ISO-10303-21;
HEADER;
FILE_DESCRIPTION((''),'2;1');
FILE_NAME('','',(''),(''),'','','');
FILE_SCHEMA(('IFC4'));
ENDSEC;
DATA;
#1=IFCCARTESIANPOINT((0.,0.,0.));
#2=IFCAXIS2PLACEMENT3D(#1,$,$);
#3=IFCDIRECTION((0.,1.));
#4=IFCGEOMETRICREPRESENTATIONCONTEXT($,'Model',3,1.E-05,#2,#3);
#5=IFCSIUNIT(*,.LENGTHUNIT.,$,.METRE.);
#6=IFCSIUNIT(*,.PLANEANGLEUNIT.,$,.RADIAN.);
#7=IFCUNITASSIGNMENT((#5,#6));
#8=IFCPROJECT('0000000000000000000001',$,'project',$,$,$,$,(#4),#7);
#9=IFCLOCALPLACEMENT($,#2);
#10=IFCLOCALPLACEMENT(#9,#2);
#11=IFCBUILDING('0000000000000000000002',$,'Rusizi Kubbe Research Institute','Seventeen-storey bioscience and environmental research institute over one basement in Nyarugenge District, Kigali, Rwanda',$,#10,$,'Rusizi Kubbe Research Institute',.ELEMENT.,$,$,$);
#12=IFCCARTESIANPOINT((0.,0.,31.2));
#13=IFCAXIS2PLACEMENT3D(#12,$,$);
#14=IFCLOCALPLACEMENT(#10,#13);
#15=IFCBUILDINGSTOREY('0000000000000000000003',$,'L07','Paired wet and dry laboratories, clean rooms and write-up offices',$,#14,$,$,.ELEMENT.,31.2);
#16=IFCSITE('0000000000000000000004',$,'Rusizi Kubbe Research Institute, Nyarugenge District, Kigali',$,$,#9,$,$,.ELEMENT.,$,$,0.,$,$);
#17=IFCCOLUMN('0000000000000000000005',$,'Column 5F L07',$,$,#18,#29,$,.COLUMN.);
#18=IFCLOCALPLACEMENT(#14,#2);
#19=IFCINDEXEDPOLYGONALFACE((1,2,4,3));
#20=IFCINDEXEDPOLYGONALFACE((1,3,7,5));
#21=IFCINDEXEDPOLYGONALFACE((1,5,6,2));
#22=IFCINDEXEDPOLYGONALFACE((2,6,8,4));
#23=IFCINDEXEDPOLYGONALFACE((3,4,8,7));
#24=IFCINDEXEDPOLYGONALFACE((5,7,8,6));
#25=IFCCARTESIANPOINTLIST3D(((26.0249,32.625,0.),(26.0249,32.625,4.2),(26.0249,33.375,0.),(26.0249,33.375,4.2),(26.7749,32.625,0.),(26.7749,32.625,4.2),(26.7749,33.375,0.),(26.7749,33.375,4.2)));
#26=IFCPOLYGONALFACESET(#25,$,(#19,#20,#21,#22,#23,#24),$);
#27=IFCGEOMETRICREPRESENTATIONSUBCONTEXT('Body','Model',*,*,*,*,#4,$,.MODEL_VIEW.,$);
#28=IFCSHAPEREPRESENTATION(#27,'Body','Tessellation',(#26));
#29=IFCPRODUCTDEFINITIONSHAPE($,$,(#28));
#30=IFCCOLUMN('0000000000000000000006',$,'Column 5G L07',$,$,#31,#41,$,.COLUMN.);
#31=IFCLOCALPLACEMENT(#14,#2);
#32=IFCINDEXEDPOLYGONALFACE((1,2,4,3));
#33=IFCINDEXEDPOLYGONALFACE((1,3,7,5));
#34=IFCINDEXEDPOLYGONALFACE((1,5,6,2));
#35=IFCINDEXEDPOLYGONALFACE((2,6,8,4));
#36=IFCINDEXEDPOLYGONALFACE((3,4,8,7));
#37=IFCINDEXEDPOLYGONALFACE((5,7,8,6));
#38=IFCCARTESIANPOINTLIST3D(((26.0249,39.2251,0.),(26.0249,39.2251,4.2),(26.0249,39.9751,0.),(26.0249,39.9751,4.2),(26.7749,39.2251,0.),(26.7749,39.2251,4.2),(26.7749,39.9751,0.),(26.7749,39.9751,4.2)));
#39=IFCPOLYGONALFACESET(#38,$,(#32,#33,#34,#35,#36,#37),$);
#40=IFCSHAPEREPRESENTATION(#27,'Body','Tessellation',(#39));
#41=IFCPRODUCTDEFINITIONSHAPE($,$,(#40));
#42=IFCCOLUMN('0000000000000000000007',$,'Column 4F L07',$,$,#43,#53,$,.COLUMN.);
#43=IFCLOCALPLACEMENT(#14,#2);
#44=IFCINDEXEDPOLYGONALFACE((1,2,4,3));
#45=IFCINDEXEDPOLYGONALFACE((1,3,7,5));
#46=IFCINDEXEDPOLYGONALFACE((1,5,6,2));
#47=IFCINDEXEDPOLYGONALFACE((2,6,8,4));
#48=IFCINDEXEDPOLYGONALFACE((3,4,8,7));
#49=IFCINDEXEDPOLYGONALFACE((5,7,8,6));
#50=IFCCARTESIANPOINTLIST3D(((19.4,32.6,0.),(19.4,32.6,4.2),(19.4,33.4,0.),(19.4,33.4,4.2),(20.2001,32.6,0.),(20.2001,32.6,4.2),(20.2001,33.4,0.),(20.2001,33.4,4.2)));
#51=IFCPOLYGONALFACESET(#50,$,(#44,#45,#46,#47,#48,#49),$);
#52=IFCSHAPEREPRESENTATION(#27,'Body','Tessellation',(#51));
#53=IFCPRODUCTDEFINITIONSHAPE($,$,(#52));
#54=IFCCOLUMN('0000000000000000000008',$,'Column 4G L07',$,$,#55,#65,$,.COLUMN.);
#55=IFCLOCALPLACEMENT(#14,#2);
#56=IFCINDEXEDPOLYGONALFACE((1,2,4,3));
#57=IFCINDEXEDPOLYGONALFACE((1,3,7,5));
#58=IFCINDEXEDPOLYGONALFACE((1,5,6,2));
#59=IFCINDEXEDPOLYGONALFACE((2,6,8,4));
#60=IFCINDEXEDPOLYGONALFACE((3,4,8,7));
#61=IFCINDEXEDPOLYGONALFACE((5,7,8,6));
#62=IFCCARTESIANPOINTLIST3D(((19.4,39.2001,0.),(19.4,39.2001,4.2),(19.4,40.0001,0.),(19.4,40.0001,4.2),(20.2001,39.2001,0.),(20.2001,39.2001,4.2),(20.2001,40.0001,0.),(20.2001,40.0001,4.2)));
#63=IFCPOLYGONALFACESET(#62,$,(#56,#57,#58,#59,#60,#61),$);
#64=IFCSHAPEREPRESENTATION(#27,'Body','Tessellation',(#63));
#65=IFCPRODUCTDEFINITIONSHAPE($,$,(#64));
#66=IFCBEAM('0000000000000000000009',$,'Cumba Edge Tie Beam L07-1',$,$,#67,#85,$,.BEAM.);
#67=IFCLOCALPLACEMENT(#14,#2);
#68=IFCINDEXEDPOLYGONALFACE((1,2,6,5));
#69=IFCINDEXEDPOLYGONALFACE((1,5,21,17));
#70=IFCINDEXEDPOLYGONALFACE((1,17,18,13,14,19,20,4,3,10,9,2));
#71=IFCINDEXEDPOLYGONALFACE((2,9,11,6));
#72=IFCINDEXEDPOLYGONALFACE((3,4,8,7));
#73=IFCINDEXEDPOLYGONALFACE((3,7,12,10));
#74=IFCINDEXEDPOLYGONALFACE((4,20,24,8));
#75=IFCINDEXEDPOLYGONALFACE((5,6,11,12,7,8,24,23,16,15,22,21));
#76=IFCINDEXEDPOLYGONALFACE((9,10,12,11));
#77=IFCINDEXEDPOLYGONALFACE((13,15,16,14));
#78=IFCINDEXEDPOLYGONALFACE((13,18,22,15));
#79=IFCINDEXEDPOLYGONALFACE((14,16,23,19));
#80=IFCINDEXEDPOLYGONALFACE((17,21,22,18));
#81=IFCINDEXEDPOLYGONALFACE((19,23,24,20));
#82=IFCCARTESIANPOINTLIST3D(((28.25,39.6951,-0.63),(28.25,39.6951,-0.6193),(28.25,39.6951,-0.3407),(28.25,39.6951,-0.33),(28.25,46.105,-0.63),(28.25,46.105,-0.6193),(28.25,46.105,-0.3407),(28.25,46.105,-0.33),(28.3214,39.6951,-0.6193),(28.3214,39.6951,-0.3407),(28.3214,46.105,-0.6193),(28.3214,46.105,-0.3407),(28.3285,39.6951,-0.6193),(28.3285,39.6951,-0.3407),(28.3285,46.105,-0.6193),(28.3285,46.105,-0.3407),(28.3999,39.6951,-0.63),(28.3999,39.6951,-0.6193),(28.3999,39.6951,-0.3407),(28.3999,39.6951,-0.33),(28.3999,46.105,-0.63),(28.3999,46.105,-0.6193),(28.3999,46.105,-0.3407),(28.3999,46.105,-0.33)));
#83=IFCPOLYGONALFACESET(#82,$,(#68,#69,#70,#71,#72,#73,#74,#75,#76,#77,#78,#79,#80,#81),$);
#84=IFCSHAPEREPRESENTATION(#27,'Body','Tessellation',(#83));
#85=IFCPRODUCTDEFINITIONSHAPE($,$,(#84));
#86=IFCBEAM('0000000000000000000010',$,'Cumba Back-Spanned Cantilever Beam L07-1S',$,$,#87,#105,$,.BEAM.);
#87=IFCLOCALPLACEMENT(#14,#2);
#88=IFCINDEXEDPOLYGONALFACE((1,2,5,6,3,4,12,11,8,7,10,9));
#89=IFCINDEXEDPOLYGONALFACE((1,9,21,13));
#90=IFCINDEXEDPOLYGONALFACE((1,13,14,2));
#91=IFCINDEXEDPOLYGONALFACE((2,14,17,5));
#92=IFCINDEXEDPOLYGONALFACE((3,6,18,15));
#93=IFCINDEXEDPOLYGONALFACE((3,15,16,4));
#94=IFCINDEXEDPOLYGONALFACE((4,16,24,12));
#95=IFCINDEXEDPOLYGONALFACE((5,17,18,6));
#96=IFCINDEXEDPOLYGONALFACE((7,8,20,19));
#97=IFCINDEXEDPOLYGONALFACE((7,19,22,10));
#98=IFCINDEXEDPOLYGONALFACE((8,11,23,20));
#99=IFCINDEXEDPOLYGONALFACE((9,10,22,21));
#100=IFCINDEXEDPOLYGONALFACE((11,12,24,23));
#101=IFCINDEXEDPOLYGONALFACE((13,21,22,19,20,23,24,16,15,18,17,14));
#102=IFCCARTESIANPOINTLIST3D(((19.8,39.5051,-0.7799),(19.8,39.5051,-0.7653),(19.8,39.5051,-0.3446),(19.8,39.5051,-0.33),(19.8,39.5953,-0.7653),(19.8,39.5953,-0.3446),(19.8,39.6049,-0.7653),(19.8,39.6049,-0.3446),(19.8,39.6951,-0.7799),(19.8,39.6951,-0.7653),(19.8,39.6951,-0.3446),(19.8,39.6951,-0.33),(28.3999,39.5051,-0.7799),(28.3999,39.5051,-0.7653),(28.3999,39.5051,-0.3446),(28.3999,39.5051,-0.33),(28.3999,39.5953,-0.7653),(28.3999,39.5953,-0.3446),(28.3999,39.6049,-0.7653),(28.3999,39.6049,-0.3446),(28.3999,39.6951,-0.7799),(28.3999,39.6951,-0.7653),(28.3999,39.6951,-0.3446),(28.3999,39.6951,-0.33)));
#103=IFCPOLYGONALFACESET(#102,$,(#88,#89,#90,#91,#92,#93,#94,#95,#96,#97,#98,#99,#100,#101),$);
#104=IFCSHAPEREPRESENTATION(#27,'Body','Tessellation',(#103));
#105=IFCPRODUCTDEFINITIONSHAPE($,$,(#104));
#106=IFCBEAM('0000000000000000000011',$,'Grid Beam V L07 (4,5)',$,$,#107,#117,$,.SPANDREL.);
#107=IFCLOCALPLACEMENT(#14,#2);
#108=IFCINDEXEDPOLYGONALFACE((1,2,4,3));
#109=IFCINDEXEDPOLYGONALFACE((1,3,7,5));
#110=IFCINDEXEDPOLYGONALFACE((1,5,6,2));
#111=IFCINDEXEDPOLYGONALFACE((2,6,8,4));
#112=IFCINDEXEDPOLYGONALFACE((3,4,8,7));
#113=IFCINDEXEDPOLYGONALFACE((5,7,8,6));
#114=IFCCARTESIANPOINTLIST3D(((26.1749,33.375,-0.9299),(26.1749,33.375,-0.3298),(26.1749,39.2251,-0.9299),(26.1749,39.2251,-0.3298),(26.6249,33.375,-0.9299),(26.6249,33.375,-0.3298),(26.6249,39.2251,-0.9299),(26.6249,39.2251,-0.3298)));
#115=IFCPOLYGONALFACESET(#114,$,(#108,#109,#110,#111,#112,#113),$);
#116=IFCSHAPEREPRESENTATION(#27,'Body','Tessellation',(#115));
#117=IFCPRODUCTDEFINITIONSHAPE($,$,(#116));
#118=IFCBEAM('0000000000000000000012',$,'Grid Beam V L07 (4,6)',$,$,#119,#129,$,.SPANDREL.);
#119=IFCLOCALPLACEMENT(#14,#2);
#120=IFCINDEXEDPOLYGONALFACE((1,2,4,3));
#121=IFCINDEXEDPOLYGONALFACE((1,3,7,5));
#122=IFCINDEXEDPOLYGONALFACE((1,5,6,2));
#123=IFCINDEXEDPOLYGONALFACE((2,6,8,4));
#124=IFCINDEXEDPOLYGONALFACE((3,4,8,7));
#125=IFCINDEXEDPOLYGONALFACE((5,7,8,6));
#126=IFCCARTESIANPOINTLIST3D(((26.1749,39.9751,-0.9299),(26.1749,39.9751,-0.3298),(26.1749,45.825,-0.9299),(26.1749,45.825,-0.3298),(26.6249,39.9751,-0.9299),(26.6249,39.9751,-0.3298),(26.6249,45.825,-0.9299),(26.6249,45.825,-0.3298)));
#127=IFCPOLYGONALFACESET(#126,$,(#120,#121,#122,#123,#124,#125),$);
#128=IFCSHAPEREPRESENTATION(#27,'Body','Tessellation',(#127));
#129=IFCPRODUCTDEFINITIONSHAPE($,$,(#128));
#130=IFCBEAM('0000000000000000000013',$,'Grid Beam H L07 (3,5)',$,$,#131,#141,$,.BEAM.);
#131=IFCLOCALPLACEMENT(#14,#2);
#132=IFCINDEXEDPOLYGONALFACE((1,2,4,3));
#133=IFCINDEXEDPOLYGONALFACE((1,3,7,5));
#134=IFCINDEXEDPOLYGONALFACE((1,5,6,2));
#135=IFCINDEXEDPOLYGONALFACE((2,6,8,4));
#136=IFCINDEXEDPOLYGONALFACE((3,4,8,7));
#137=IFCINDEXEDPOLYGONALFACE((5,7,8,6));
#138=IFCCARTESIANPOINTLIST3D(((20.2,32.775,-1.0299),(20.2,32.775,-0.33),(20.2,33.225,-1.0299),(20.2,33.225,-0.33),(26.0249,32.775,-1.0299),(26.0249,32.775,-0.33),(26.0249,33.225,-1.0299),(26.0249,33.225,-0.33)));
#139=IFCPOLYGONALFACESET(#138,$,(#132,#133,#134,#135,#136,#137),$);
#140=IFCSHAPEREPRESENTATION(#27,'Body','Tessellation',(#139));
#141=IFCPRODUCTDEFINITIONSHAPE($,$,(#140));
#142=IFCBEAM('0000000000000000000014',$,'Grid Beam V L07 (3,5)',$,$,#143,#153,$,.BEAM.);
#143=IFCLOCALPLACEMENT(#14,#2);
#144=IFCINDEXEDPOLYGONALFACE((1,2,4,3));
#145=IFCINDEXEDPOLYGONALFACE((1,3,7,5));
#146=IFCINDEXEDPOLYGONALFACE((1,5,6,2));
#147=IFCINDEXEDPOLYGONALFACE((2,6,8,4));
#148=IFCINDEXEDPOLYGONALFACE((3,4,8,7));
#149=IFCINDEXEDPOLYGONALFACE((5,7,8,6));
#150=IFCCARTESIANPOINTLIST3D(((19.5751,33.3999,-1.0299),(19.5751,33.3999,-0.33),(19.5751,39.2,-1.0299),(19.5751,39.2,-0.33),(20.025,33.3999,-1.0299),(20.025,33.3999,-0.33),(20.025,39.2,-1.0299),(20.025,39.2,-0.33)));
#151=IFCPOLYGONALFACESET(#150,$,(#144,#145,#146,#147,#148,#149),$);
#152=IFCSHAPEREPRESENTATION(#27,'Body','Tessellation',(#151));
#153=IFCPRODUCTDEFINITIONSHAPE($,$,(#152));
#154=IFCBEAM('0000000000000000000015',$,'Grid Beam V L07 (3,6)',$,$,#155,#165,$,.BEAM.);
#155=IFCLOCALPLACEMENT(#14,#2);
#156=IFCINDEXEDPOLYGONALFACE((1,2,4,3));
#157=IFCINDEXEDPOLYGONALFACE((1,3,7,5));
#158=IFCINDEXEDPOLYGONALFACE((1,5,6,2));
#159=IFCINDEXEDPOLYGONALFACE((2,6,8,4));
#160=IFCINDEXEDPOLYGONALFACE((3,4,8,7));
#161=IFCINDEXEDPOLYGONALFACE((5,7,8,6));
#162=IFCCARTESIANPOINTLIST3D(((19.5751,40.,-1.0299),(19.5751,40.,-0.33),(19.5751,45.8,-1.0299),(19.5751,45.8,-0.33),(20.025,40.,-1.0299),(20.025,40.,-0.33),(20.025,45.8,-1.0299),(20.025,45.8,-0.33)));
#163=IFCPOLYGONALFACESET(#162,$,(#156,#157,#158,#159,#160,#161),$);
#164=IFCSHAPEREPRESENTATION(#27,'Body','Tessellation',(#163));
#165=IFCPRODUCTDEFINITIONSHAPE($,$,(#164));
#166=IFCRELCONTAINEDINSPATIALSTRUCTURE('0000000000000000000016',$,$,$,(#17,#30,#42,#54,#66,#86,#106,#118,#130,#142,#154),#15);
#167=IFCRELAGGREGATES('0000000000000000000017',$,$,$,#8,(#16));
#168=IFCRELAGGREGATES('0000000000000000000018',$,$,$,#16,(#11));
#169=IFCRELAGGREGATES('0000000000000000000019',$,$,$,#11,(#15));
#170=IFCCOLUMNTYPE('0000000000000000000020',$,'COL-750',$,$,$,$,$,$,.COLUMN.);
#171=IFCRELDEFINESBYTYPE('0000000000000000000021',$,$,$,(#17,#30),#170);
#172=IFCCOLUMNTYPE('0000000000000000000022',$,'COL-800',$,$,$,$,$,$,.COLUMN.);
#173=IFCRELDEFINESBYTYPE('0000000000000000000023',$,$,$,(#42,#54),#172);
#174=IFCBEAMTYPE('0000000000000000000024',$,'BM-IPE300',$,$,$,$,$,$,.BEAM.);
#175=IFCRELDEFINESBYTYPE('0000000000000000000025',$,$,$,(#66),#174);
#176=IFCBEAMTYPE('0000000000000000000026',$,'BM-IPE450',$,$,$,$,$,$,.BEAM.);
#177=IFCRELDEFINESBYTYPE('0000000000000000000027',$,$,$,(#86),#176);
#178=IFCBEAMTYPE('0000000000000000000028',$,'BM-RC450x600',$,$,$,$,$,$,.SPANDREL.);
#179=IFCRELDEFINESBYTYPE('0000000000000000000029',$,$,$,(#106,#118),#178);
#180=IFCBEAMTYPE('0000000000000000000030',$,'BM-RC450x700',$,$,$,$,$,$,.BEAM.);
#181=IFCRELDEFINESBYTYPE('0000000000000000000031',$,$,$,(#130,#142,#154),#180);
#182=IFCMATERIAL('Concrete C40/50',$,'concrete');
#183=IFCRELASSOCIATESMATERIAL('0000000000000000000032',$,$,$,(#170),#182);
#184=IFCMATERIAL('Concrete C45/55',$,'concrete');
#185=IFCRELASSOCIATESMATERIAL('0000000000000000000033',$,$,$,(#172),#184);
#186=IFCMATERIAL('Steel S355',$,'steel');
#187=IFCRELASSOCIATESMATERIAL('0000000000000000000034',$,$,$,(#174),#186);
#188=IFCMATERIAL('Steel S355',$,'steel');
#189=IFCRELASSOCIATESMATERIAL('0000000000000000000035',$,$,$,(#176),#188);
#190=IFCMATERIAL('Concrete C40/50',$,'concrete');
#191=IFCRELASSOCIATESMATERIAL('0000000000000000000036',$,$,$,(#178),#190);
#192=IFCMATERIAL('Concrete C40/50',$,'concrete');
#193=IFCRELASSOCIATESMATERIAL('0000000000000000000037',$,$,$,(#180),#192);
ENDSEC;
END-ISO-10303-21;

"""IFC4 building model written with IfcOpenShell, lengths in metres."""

from ifc_helpers import new_model, si_unit, direction, frame, origin, origin_2d, place, context, subcontext, project, spatial, rectangle, i_section, extrude, material, material_profile, profile_set, type_object, element, save


model = new_model("IFC4")

# Units and contexts
model_context = context("Model", 3, precision=1e-05, world=origin(), true_north=direction((0.0, 1.0)))
body_context = subcontext(model_context, "Body", "Model", "MODEL_VIEW")
ifc_project = project(units=[si_unit("LENGTHUNIT", "METRE"), si_unit("PLANEANGLEUNIT", "RADIAN")], contexts=[model_context])

# Site, building, storey
site_placement = place(None, origin())
site = spatial("IfcSite", under=ifc_project, at=site_placement, Name="Rusizi Kubbe Research Institute, Nyarugenge District, Kigali", CompositionType="ELEMENT", RefElevation=0.0)
building_placement = place(site_placement, origin())
building = spatial("IfcBuilding", under=site, at=building_placement, Name="Rusizi Kubbe Research Institute", Description="Seventeen-storey bioscience and environmental research institute over one basement in Nyarugenge District, Kigali, Rwanda", LongName="Rusizi Kubbe Research Institute", CompositionType="ELEMENT")
storey_placement = place(building_placement, frame((0.0, 0.0, 31.2)))
storey = spatial("IfcBuildingStorey", under=building, at=storey_placement, Name="L07", Description="Paired wet and dry laboratories, clean rooms and write-up offices", CompositionType="ELEMENT", Elevation=31.2)

# Columns
ifc_material_1 = material(Name="Concrete C40/50", Category="concrete")
ifc_material_profile_1 = material_profile(ifc_material_1, rectangle(XDim=0.75, YDim=0.75, at=origin_2d()), Name="RC750x750")
ifc_profile_set_1 = profile_set([ifc_material_profile_1], Name="Concrete C40/50")
column_type_1 = type_object("IfcColumnType", Name="COL-750", PredefinedType="COLUMN", material=ifc_profile_set_1)
for number, where, z_axis, x_axis, name in (
    (1, (26.3999, 33.0, 0.0), (0.0, 0.0, 1.0), (1.0, 0.0, 0.0), "Column 5F L07"),
    (2, (26.3999, 39.6001, 0.0), (0.0, 0.0, 1.0), (1.0, 0.0, 0.0), "Column 5G L07"),
):
    element("IfcColumn", number, at=place(storey_placement, frame(where, z_axis=z_axis, x_axis=x_axis)), inside=storey, type_object=column_type_1, Name=name, PredefinedType="COLUMN", context=body_context, shape_type="SweptSolid", body=[
        extrude(rectangle(XDim=0.75, YDim=0.75, at=origin_2d()), origin(), (0.0, 0.0, 1.0), 4.2),
    ])
ifc_material_2 = material(Name="Concrete C45/55", Category="concrete")
ifc_material_profile_2 = material_profile(ifc_material_2, rectangle(XDim=0.8, YDim=0.8, at=origin_2d()), Name="RC800x800")
ifc_profile_set_2 = profile_set([ifc_material_profile_2], Name="Concrete C45/55")
column_type_2 = type_object("IfcColumnType", Name="COL-800", PredefinedType="COLUMN", material=ifc_profile_set_2)
for number, where, z_axis, x_axis, name in (
    (3, (19.8, 33.0, 0.0), (0.0, 0.0, 1.0), (1.0, 0.0, 0.0), "Column 4F L07"),
    (4, (19.8, 39.6001, 0.0), (0.0, 0.0, 1.0), (1.0, 0.0, 0.0), "Column 4G L07"),
):
    element("IfcColumn", number, at=place(storey_placement, frame(where, z_axis=z_axis, x_axis=x_axis)), inside=storey, type_object=column_type_2, Name=name, PredefinedType="COLUMN", context=body_context, shape_type="SweptSolid", body=[
        extrude(rectangle(XDim=0.8, YDim=0.8, at=origin_2d()), origin(), (0.0, 0.0, 1.0), 4.2),
    ])

# Beams
ifc_material_3 = material(Name="Steel S355", Category="steel")
ifc_material_profile_3 = material_profile(ifc_material_3, i_section(OverallWidth=0.1499, OverallDepth=0.3, WebThickness=0.0071, FlangeThickness=0.0107, at=origin_2d()), Name="IPE 300")
ifc_profile_set_3 = profile_set([ifc_material_profile_3], Name="Steel S355")
beam_type_1 = type_object("IfcBeamType", Name="BM-IPE300", PredefinedType="BEAM", material=ifc_profile_set_3)
beam_1_placement = place(storey_placement, frame((28.325, 39.6951, -0.48), z_axis=(0.0, 1.0, 0.0), x_axis=(-1.0, 0.0, 0.0)))
element("IfcBeam", 5, at=beam_1_placement, inside=storey, type_object=beam_type_1, Name="Cumba Edge Tie Beam L07-1", PredefinedType="BEAM", context=body_context, shape_type="SweptSolid", body=[
    extrude(i_section(OverallWidth=0.1499, OverallDepth=0.3, WebThickness=0.0071, FlangeThickness=0.0107, at=origin_2d()), origin(), (0.0, 0.0, 1.0), 6.4099),
])
ifc_material_4 = material(Name="Steel S355", Category="steel")
ifc_material_profile_4 = material_profile(ifc_material_4, i_section(OverallWidth=0.1899, OverallDepth=0.45, WebThickness=0.0095, FlangeThickness=0.0146, at=origin_2d()), Name="IPE 450")
ifc_profile_set_4 = profile_set([ifc_material_profile_4], Name="Steel S355")
beam_type_2 = type_object("IfcBeamType", Name="BM-IPE450", PredefinedType="BEAM", material=ifc_profile_set_4)
beam_2_placement = place(storey_placement, frame((19.8, 39.6001, -0.5549), z_axis=(1.0, 0.0, 0.0), x_axis=(0.0, 1.0, 0.0)))
element("IfcBeam", 6, at=beam_2_placement, inside=storey, type_object=beam_type_2, Name="Cumba Back-Spanned Cantilever Beam L07-1S", PredefinedType="BEAM", context=body_context, shape_type="SweptSolid", body=[
    extrude(i_section(OverallWidth=0.1899, OverallDepth=0.45, WebThickness=0.0095, FlangeThickness=0.0146, at=origin_2d()), origin(), (0.0, 0.0, 1.0), 8.5999),
])
ifc_material_5 = material(Name="Concrete C40/50", Category="concrete")
ifc_material_profile_5 = material_profile(ifc_material_5, rectangle(XDim=0.45, YDim=0.6001, at=origin_2d()), Name="RC450x600")
ifc_profile_set_5 = profile_set([ifc_material_profile_5], Name="Concrete C40/50")
beam_type_3 = type_object("IfcBeamType", Name="BM-RC450x600", PredefinedType="SPANDREL", material=ifc_profile_set_5)
beam_3_placement = place(storey_placement, frame((26.3999, 33.375, -0.6299), z_axis=(0.0, 1.0, 0.0), x_axis=(-1.0, 0.0, 0.0)))
element("IfcBeam", 7, at=beam_3_placement, inside=storey, type_object=beam_type_3, Name="Grid Beam V L07 (4,5)", PredefinedType="SPANDREL", context=body_context, shape_type="SweptSolid", body=[
    extrude(rectangle(XDim=0.45, YDim=0.6001, at=origin_2d()), origin(), (0.0, 0.0, 1.0), 5.8501),
])
beam_4_placement = place(storey_placement, frame((26.3999, 39.9751, -0.6299), z_axis=(0.0, 1.0, 0.0), x_axis=(-1.0, 0.0, 0.0)))
element("IfcBeam", 8, at=beam_4_placement, inside=storey, type_object=beam_type_3, Name="Grid Beam V L07 (4,6)", PredefinedType="SPANDREL", context=body_context, shape_type="SweptSolid", body=[
    extrude(rectangle(XDim=0.45, YDim=0.6001, at=origin_2d()), origin(), (0.0, 0.0, 1.0), 5.8499),
])
ifc_material_6 = material(Name="Concrete C40/50", Category="concrete")
ifc_material_profile_6 = material_profile(ifc_material_6, rectangle(XDim=0.45, YDim=0.7, at=origin_2d()), Name="RC450x700B")
ifc_profile_set_6 = profile_set([ifc_material_profile_6], Name="Concrete C40/50")
beam_type_4 = type_object("IfcBeamType", Name="BM-RC450x700", PredefinedType="BEAM", material=ifc_profile_set_6)
beam_5_placement = place(storey_placement, frame((20.2, 33.0, -0.6799), z_axis=(1.0, 0.0, 0.0), x_axis=(0.0, 1.0, 0.0)))
element("IfcBeam", 9, at=beam_5_placement, inside=storey, type_object=beam_type_4, Name="Grid Beam H L07 (3,5)", PredefinedType="BEAM", context=body_context, shape_type="SweptSolid", body=[
    extrude(rectangle(XDim=0.45, YDim=0.7, at=origin_2d()), origin(), (0.0, 0.0, 1.0), 5.825),
])
for number, where, z_axis, x_axis, name in (
    (10, (19.8, 33.3999, -0.6799), (0.0, 1.0, 0.0), (-1.0, 0.0, 0.0), "Grid Beam V L07 (3,5)"),
    (11, (19.8, 40.0, -0.6799), (0.0, 1.0, 0.0), (-1.0, 0.0, 0.0), "Grid Beam V L07 (3,6)"),
):
    element("IfcBeam", number, at=place(storey_placement, frame(where, z_axis=z_axis, x_axis=x_axis)), inside=storey, type_object=beam_type_4, Name=name, PredefinedType="BEAM", context=body_context, shape_type="SweptSolid", body=[
        extrude(rectangle(XDim=0.45, YDim=0.7, at=origin_2d()), origin(), (0.0, 0.0, 1.0), 5.8),
    ])

save(model, "model.ifc")
